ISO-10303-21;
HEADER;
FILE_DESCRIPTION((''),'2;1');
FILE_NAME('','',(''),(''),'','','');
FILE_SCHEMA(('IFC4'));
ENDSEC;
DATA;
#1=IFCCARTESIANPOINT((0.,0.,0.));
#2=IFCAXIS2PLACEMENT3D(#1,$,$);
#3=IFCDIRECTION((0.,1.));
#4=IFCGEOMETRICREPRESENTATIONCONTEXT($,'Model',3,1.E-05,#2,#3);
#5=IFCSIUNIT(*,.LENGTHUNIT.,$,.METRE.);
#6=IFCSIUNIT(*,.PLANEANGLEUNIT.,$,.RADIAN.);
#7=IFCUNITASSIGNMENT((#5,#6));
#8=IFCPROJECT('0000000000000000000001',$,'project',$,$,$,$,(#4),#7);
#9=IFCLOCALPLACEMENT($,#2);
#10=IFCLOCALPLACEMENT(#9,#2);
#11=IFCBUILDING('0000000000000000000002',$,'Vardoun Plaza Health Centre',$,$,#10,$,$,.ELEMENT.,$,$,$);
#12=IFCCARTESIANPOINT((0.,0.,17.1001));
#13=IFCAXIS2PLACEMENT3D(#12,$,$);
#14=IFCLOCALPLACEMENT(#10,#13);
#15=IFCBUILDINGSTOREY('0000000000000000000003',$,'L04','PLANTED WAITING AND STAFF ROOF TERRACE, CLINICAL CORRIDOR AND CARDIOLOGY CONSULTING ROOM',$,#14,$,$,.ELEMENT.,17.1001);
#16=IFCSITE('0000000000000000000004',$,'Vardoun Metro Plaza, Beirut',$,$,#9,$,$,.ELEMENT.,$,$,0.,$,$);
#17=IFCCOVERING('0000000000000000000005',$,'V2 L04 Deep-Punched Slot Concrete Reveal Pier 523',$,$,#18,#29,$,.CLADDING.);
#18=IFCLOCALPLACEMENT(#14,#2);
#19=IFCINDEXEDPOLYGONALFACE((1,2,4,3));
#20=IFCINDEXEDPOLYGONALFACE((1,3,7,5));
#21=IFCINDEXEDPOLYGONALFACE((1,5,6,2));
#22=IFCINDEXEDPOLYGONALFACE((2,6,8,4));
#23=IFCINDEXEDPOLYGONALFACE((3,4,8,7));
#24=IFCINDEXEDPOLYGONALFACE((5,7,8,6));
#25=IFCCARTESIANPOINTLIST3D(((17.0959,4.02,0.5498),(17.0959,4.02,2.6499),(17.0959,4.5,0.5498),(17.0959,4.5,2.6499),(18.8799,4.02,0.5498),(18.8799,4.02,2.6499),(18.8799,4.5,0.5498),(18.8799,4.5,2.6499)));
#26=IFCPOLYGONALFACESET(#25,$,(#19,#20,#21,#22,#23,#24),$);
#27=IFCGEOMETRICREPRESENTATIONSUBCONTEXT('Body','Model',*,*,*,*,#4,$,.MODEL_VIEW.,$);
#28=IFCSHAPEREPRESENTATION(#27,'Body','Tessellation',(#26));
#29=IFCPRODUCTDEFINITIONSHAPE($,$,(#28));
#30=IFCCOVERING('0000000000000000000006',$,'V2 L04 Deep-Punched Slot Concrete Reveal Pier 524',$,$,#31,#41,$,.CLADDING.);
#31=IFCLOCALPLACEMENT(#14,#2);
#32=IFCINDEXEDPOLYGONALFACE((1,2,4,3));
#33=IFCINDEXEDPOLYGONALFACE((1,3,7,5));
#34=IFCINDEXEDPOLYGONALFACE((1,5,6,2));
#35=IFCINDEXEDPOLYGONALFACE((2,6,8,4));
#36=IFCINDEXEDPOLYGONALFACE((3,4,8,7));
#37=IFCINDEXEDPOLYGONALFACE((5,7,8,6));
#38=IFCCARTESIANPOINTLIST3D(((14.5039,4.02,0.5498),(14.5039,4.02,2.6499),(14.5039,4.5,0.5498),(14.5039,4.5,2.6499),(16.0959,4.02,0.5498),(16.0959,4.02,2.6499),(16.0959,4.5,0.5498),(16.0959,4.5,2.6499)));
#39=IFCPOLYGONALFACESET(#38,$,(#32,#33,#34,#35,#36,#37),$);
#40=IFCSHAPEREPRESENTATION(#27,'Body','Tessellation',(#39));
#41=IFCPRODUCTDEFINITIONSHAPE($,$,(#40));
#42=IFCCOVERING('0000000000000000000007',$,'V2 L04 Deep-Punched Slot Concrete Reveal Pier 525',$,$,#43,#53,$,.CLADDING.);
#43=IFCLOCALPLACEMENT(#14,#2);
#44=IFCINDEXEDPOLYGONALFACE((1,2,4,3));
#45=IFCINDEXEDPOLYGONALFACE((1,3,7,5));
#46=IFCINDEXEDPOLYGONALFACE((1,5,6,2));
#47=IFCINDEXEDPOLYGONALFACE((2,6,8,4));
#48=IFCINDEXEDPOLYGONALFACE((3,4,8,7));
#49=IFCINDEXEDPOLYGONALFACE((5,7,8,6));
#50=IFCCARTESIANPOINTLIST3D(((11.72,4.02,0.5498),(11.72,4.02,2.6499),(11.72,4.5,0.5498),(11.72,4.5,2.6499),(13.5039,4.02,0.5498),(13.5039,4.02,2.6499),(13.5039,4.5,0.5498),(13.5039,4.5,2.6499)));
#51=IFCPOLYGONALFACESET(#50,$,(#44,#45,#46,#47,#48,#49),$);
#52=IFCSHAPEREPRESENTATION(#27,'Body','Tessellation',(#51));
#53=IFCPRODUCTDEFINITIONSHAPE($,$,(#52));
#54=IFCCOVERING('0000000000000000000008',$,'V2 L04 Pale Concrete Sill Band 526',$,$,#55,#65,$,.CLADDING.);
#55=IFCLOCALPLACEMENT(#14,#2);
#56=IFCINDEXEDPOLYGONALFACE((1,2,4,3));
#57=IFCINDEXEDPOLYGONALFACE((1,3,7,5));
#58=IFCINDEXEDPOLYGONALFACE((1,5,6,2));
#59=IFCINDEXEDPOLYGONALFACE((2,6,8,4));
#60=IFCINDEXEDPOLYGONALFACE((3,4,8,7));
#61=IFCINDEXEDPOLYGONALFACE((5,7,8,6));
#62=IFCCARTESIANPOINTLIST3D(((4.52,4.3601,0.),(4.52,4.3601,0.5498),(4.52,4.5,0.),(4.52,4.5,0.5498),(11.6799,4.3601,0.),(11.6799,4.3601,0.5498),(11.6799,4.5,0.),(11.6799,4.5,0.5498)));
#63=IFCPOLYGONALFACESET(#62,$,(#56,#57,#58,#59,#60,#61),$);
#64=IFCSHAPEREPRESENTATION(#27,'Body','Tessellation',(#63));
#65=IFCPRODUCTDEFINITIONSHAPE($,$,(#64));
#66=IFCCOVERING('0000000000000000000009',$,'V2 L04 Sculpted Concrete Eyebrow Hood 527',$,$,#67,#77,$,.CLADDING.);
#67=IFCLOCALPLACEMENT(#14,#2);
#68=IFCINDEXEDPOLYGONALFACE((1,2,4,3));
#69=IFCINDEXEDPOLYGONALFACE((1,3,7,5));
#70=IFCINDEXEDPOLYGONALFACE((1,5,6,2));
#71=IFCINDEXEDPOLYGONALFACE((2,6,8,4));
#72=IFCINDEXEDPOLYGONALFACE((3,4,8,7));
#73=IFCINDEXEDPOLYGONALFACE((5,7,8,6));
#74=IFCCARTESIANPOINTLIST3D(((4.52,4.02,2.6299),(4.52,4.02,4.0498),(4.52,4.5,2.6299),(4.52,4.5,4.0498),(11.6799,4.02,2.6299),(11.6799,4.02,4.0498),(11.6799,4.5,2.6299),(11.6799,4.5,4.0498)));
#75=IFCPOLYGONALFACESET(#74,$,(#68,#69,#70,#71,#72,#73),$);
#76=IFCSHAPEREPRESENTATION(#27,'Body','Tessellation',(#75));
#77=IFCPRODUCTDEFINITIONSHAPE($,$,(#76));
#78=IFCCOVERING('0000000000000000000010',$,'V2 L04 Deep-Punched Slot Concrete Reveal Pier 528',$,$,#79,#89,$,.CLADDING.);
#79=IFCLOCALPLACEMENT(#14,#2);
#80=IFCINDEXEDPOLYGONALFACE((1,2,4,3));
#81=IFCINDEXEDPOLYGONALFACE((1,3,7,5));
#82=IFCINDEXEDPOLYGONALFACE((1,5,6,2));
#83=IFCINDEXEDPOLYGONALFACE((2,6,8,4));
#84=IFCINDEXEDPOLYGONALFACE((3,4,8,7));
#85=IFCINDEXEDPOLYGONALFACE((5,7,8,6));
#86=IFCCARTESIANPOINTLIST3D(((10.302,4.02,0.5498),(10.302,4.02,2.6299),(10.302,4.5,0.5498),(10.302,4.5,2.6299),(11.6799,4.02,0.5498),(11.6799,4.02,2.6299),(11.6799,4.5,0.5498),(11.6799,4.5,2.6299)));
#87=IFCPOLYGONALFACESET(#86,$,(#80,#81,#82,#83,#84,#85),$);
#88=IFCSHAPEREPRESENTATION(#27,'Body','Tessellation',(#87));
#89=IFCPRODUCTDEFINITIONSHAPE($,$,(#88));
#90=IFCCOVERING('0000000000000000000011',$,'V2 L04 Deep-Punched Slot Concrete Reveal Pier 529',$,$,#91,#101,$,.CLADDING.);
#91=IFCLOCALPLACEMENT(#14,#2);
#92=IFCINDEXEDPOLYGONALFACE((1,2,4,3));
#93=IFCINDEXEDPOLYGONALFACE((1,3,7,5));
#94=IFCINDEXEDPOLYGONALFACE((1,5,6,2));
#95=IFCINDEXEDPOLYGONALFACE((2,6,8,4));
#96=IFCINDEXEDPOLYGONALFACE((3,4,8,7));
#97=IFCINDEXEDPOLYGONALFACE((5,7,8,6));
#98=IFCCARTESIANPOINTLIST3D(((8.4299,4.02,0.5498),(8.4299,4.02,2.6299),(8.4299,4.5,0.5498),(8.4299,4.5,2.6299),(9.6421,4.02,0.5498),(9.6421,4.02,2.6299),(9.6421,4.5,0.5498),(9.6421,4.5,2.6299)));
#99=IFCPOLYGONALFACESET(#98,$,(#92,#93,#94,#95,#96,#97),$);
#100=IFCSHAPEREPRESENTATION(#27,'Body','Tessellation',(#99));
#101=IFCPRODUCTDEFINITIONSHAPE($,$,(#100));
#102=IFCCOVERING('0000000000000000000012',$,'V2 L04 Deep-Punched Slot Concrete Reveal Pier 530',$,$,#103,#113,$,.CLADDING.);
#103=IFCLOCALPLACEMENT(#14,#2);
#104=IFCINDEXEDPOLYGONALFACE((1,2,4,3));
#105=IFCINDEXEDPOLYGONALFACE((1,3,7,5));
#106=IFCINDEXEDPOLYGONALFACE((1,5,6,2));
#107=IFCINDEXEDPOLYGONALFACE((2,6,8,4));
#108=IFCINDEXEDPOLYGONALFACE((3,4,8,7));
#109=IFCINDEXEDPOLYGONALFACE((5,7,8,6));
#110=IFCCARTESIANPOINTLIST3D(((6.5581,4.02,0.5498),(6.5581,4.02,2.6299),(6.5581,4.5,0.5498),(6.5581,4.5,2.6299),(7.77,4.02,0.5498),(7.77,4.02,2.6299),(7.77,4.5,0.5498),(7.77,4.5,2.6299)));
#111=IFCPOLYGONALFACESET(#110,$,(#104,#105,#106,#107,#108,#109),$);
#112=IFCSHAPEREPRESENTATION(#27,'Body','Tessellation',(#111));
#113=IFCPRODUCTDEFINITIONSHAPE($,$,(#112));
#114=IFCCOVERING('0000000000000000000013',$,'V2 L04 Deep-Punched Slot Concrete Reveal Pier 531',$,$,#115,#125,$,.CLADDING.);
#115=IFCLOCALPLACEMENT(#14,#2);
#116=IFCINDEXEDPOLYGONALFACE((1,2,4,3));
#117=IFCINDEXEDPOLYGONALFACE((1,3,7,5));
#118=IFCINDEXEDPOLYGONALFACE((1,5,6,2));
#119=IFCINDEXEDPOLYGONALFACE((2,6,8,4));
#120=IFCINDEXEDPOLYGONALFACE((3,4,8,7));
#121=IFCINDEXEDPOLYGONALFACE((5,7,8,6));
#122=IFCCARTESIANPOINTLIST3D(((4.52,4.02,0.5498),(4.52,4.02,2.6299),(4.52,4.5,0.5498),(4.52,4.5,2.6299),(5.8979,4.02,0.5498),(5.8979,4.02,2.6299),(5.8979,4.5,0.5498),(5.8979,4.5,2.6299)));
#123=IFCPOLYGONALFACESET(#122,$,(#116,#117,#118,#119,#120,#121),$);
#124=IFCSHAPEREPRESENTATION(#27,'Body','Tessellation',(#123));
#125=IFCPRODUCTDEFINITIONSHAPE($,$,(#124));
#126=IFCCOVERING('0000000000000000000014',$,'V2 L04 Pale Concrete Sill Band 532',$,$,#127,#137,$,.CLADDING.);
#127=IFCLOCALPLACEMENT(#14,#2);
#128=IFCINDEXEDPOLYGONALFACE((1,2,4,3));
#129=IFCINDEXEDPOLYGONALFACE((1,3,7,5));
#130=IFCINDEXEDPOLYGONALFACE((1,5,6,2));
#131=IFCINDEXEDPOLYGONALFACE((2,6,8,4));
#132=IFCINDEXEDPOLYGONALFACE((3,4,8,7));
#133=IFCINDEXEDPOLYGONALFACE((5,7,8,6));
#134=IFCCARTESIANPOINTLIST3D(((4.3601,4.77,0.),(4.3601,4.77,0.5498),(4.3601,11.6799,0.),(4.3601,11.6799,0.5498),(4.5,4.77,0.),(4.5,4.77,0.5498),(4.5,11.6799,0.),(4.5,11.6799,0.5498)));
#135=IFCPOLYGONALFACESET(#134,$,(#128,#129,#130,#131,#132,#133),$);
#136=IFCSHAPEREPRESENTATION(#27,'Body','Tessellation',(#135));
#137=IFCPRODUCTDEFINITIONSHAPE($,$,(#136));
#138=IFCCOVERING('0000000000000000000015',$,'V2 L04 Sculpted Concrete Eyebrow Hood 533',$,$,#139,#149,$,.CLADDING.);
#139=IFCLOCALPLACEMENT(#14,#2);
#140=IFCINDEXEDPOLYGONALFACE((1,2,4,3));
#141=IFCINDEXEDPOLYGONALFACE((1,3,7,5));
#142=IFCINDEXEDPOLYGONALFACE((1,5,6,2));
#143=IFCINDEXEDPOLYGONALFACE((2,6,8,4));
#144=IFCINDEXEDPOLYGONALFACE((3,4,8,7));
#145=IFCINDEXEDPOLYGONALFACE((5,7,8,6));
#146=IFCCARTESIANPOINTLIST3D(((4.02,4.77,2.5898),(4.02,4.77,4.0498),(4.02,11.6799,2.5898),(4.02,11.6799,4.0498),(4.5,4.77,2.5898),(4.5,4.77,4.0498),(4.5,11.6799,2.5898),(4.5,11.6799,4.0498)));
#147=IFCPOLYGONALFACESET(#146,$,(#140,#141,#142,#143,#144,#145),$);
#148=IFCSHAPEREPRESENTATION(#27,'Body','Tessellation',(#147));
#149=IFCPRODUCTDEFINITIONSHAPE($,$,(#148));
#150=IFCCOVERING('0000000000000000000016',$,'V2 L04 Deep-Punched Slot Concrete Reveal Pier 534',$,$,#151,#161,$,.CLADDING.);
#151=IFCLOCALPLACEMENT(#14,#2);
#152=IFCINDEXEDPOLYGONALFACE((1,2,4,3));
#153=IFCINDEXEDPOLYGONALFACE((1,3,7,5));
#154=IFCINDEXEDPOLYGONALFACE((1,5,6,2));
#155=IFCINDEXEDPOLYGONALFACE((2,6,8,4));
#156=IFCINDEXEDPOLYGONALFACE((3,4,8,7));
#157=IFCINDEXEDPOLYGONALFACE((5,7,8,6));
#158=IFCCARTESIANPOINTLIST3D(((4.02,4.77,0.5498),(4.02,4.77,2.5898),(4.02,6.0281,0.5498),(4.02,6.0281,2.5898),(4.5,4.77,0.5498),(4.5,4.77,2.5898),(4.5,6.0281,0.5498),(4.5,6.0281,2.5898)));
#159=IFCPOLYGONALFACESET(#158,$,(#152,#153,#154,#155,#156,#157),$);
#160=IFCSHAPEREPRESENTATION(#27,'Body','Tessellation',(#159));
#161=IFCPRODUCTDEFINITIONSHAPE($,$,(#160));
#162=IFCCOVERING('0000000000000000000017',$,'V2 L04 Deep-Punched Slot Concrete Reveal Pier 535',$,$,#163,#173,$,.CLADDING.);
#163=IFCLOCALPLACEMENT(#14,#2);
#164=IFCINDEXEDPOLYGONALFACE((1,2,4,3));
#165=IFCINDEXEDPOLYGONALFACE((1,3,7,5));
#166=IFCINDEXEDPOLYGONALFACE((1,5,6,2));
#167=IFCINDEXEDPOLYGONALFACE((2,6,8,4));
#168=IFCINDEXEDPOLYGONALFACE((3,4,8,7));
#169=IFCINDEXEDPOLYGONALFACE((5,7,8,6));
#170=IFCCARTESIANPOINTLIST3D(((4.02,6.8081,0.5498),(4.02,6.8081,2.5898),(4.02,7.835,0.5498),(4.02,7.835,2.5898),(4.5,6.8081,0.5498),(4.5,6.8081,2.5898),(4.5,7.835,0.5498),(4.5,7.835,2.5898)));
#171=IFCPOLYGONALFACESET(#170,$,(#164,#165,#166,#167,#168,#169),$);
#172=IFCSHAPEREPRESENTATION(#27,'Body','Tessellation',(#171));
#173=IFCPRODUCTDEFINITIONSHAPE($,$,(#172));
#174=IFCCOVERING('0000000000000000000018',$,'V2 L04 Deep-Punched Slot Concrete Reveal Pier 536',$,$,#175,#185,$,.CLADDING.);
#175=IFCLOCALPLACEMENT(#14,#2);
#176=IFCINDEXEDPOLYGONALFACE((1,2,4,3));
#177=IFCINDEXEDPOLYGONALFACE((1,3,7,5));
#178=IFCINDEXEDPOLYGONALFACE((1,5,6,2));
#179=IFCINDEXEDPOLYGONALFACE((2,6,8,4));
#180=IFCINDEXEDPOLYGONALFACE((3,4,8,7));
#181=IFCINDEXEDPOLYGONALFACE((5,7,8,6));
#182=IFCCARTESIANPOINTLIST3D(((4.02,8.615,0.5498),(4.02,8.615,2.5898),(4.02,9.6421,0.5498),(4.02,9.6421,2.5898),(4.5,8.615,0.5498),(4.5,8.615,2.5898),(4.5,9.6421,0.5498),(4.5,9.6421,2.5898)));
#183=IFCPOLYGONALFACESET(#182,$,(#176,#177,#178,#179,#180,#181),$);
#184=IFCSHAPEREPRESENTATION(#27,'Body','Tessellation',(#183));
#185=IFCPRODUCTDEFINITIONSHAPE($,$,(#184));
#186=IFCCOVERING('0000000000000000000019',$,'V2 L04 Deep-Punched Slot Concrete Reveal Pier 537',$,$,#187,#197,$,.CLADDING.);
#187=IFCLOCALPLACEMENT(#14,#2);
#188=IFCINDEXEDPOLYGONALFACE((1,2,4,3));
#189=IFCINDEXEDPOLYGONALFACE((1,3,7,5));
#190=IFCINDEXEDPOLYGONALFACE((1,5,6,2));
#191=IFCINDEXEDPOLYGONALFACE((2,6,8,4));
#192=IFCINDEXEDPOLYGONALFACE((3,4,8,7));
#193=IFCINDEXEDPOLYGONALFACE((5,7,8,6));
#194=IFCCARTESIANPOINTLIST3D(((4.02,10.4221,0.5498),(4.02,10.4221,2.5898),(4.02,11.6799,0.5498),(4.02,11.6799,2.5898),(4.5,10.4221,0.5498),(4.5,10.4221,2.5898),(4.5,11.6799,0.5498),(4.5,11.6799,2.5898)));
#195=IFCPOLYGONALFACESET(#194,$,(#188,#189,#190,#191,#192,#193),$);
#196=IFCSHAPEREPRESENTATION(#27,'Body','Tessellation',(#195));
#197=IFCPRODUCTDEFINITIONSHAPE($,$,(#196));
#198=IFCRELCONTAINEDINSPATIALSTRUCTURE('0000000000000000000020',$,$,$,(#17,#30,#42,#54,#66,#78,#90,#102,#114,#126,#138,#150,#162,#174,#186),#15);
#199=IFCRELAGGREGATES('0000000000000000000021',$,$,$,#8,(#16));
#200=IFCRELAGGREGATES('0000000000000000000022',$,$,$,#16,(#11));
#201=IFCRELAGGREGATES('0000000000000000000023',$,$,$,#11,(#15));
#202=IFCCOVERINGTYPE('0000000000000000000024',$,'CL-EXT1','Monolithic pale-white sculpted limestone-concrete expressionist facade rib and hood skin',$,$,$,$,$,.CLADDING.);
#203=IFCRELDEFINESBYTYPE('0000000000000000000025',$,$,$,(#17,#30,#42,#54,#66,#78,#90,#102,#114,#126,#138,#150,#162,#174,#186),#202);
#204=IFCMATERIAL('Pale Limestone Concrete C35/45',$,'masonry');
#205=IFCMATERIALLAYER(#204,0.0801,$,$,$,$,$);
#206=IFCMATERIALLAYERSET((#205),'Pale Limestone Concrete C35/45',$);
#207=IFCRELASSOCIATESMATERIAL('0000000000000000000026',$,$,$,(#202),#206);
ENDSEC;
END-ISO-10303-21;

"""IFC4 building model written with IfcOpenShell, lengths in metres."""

from ifc_helpers import new_model, si_unit, direction, frame, origin, place, context, subcontext, project, spatial, polyline, outline, extrude, material, layer, layer_set, type_object, element, save


model = new_model("IFC4")

# Units and contexts
model_context = context("Model", 3, precision=1e-05, world=origin(), true_north=direction((0.0, 1.0)))
body_context = subcontext(model_context, "Body", "Model", "MODEL_VIEW")
ifc_project = project(units=[si_unit("LENGTHUNIT", "METRE"), si_unit("PLANEANGLEUNIT", "RADIAN")], contexts=[model_context])

# Site, building, storey
site_placement = place(None, origin())
site = spatial("IfcSite", under=ifc_project, at=site_placement, Name="Vardoun Metro Plaza, Beirut", CompositionType="ELEMENT", RefElevation=0.0)
building_placement = place(site_placement, origin())
building = spatial("IfcBuilding", under=site, at=building_placement, Name="Vardoun Plaza Health Centre", CompositionType="ELEMENT")
storey_placement = place(building_placement, frame((0.0, 0.0, 17.1001)))
storey = spatial("IfcBuildingStorey", under=building, at=storey_placement, Name="L04", Description="PLANTED WAITING AND STAFF ROOF TERRACE, CLINICAL CORRIDOR AND CARDIOLOGY CONSULTING ROOM", CompositionType="ELEMENT", Elevation=17.1001)

# Coverings
ifc_material = material(Name="Pale Limestone Concrete C35/45", Category="masonry")
ifc_layer = layer(ifc_material, 0.0801)
ifc_layer_set = layer_set([ifc_layer], Name="Pale Limestone Concrete C35/45")
covering_type = type_object("IfcCoveringType", Name="CL-EXT1", Description="Monolithic pale-white sculpted limestone-concrete expressionist facade rib and hood skin", PredefinedType="CLADDING", material=ifc_layer_set)
covering_1_placement = place(storey_placement, frame((0.0, 0.0, 0.5498)))
element("IfcCovering", 1, at=covering_1_placement, inside=storey, type_object=covering_type, Name="V2 L04 Deep-Punched Slot Concrete Reveal Pier 523", PredefinedType="CLADDING", context=body_context, shape_type="SweptSolid", body=[
    extrude(outline(polyline([(18.8799, 4.5), (17.0959, 4.5), (17.0959, 4.02), (18.8799, 4.02), (18.8799, 4.5)])), origin(), (0.0, 0.0, 1.0), 2.1001),
])
covering_2_placement = place(storey_placement, frame((0.0, 0.0, 0.5498)))
element("IfcCovering", 2, at=covering_2_placement, inside=storey, type_object=covering_type, Name="V2 L04 Deep-Punched Slot Concrete Reveal Pier 524", PredefinedType="CLADDING", context=body_context, shape_type="SweptSolid", body=[
    extrude(outline(polyline([(16.0959, 4.5), (14.5039, 4.5), (14.5039, 4.02), (16.0959, 4.02), (16.0959, 4.5)])), origin(), (0.0, 0.0, 1.0), 2.1001),
])
covering_3_placement = place(storey_placement, frame((0.0, 0.0, 0.5498)))
element("IfcCovering", 3, at=covering_3_placement, inside=storey, type_object=covering_type, Name="V2 L04 Deep-Punched Slot Concrete Reveal Pier 525", PredefinedType="CLADDING", context=body_context, shape_type="SweptSolid", body=[
    extrude(outline(polyline([(13.5039, 4.5), (11.72, 4.5), (11.72, 4.02), (13.5039, 4.02), (13.5039, 4.5)])), origin(), (0.0, 0.0, 1.0), 2.1001),
])
covering_4_placement = place(storey_placement, origin())
element("IfcCovering", 4, at=covering_4_placement, inside=storey, type_object=covering_type, Name="V2 L04 Pale Concrete Sill Band 526", PredefinedType="CLADDING", context=body_context, shape_type="SweptSolid", body=[
    extrude(outline(polyline([(11.6799, 4.5), (4.52, 4.5), (4.52, 4.3601), (11.6799, 4.3601), (11.6799, 4.5)])), origin(), (0.0, 0.0, 1.0), 0.5498),
])
covering_5_placement = place(storey_placement, frame((0.0, 0.0, 2.6299)))
element("IfcCovering", 5, at=covering_5_placement, inside=storey, type_object=covering_type, Name="V2 L04 Sculpted Concrete Eyebrow Hood 527", PredefinedType="CLADDING", context=body_context, shape_type="SweptSolid", body=[
    extrude(outline(polyline([(11.6799, 4.5), (4.52, 4.5), (4.52, 4.02), (11.6799, 4.02), (11.6799, 4.5)])), origin(), (0.0, 0.0, 1.0), 1.4199),
])
covering_6_placement = place(storey_placement, frame((0.0, 0.0, 0.5498)))
element("IfcCovering", 6, at=covering_6_placement, inside=storey, type_object=covering_type, Name="V2 L04 Deep-Punched Slot Concrete Reveal Pier 528", PredefinedType="CLADDING", context=body_context, shape_type="SweptSolid", body=[
    extrude(outline(polyline([(11.6799, 4.5), (10.302, 4.5), (10.302, 4.02), (11.6799, 4.02), (11.6799, 4.5)])), origin(), (0.0, 0.0, 1.0), 2.0801),
])
covering_7_placement = place(storey_placement, frame((0.0, 0.0, 0.5498)))
element("IfcCovering", 7, at=covering_7_placement, inside=storey, type_object=covering_type, Name="V2 L04 Deep-Punched Slot Concrete Reveal Pier 529", PredefinedType="CLADDING", context=body_context, shape_type="SweptSolid", body=[
    extrude(outline(polyline([(9.6421, 4.5), (8.4299, 4.5), (8.4299, 4.02), (9.6421, 4.02), (9.6421, 4.5)])), origin(), (0.0, 0.0, 1.0), 2.0801),
])
covering_8_placement = place(storey_placement, frame((0.0, 0.0, 0.5498)))
element("IfcCovering", 8, at=covering_8_placement, inside=storey, type_object=covering_type, Name="V2 L04 Deep-Punched Slot Concrete Reveal Pier 530", PredefinedType="CLADDING", context=body_context, shape_type="SweptSolid", body=[
    extrude(outline(polyline([(7.77, 4.5), (6.5581, 4.5), (6.5581, 4.02), (7.77, 4.02), (7.77, 4.5)])), origin(), (0.0, 0.0, 1.0), 2.0801),
])
covering_9_placement = place(storey_placement, frame((0.0, 0.0, 0.5498)))
element("IfcCovering", 9, at=covering_9_placement, inside=storey, type_object=covering_type, Name="V2 L04 Deep-Punched Slot Concrete Reveal Pier 531", PredefinedType="CLADDING", context=body_context, shape_type="SweptSolid", body=[
    extrude(outline(polyline([(5.8979, 4.5), (4.52, 4.5), (4.52, 4.02), (5.8979, 4.02), (5.8979, 4.5)])), origin(), (0.0, 0.0, 1.0), 2.0801),
])
covering_10_placement = place(storey_placement, origin())
element("IfcCovering", 10, at=covering_10_placement, inside=storey, type_object=covering_type, Name="V2 L04 Pale Concrete Sill Band 532", PredefinedType="CLADDING", context=body_context, shape_type="SweptSolid", body=[
    extrude(outline(polyline([(4.5, 4.77), (4.5, 11.6799), (4.3601, 11.6799), (4.3601, 4.77), (4.5, 4.77)])), origin(), (0.0, 0.0, 1.0), 0.5498),
])
covering_11_placement = place(storey_placement, frame((0.0, 0.0, 2.5898)))
element("IfcCovering", 11, at=covering_11_placement, inside=storey, type_object=covering_type, Name="V2 L04 Sculpted Concrete Eyebrow Hood 533", PredefinedType="CLADDING", context=body_context, shape_type="SweptSolid", body=[
    extrude(outline(polyline([(4.5, 4.77), (4.5, 11.6799), (4.02, 11.6799), (4.02, 4.77), (4.5, 4.77)])), origin(), (0.0, 0.0, 1.0), 1.46),
])
covering_12_placement = place(storey_placement, frame((0.0, 0.0, 0.5498)))
element("IfcCovering", 12, at=covering_12_placement, inside=storey, type_object=covering_type, Name="V2 L04 Deep-Punched Slot Concrete Reveal Pier 534", PredefinedType="CLADDING", context=body_context, shape_type="SweptSolid", body=[
    extrude(outline(polyline([(4.5, 4.77), (4.5, 6.0281), (4.02, 6.0281), (4.02, 4.77), (4.5, 4.77)])), origin(), (0.0, 0.0, 1.0), 2.04),
])
covering_13_placement = place(storey_placement, frame((0.0, 0.0, 0.5498)))
element("IfcCovering", 13, at=covering_13_placement, inside=storey, type_object=covering_type, Name="V2 L04 Deep-Punched Slot Concrete Reveal Pier 535", PredefinedType="CLADDING", context=body_context, shape_type="SweptSolid", body=[
    extrude(outline(polyline([(4.5, 6.8081), (4.5, 7.835), (4.02, 7.835), (4.02, 6.8081), (4.5, 6.8081)])), origin(), (0.0, 0.0, 1.0), 2.04),
])
covering_14_placement = place(storey_placement, frame((0.0, 0.0, 0.5498)))
element("IfcCovering", 14, at=covering_14_placement, inside=storey, type_object=covering_type, Name="V2 L04 Deep-Punched Slot Concrete Reveal Pier 536", PredefinedType="CLADDING", context=body_context, shape_type="SweptSolid", body=[
    extrude(outline(polyline([(4.5, 8.615), (4.5, 9.6421), (4.02, 9.6421), (4.02, 8.615), (4.5, 8.615)])), origin(), (0.0, 0.0, 1.0), 2.04),
])
covering_15_placement = place(storey_placement, frame((0.0, 0.0, 0.5498)))
element("IfcCovering", 15, at=covering_15_placement, inside=storey, type_object=covering_type, Name="V2 L04 Deep-Punched Slot Concrete Reveal Pier 537", PredefinedType="CLADDING", context=body_context, shape_type="SweptSolid", body=[
    extrude(outline(polyline([(4.5, 10.4221), (4.5, 11.6799), (4.02, 11.6799), (4.02, 10.4221), (4.5, 10.4221)])), origin(), (0.0, 0.0, 1.0), 2.04),
])

save(model, "model.ifc")
